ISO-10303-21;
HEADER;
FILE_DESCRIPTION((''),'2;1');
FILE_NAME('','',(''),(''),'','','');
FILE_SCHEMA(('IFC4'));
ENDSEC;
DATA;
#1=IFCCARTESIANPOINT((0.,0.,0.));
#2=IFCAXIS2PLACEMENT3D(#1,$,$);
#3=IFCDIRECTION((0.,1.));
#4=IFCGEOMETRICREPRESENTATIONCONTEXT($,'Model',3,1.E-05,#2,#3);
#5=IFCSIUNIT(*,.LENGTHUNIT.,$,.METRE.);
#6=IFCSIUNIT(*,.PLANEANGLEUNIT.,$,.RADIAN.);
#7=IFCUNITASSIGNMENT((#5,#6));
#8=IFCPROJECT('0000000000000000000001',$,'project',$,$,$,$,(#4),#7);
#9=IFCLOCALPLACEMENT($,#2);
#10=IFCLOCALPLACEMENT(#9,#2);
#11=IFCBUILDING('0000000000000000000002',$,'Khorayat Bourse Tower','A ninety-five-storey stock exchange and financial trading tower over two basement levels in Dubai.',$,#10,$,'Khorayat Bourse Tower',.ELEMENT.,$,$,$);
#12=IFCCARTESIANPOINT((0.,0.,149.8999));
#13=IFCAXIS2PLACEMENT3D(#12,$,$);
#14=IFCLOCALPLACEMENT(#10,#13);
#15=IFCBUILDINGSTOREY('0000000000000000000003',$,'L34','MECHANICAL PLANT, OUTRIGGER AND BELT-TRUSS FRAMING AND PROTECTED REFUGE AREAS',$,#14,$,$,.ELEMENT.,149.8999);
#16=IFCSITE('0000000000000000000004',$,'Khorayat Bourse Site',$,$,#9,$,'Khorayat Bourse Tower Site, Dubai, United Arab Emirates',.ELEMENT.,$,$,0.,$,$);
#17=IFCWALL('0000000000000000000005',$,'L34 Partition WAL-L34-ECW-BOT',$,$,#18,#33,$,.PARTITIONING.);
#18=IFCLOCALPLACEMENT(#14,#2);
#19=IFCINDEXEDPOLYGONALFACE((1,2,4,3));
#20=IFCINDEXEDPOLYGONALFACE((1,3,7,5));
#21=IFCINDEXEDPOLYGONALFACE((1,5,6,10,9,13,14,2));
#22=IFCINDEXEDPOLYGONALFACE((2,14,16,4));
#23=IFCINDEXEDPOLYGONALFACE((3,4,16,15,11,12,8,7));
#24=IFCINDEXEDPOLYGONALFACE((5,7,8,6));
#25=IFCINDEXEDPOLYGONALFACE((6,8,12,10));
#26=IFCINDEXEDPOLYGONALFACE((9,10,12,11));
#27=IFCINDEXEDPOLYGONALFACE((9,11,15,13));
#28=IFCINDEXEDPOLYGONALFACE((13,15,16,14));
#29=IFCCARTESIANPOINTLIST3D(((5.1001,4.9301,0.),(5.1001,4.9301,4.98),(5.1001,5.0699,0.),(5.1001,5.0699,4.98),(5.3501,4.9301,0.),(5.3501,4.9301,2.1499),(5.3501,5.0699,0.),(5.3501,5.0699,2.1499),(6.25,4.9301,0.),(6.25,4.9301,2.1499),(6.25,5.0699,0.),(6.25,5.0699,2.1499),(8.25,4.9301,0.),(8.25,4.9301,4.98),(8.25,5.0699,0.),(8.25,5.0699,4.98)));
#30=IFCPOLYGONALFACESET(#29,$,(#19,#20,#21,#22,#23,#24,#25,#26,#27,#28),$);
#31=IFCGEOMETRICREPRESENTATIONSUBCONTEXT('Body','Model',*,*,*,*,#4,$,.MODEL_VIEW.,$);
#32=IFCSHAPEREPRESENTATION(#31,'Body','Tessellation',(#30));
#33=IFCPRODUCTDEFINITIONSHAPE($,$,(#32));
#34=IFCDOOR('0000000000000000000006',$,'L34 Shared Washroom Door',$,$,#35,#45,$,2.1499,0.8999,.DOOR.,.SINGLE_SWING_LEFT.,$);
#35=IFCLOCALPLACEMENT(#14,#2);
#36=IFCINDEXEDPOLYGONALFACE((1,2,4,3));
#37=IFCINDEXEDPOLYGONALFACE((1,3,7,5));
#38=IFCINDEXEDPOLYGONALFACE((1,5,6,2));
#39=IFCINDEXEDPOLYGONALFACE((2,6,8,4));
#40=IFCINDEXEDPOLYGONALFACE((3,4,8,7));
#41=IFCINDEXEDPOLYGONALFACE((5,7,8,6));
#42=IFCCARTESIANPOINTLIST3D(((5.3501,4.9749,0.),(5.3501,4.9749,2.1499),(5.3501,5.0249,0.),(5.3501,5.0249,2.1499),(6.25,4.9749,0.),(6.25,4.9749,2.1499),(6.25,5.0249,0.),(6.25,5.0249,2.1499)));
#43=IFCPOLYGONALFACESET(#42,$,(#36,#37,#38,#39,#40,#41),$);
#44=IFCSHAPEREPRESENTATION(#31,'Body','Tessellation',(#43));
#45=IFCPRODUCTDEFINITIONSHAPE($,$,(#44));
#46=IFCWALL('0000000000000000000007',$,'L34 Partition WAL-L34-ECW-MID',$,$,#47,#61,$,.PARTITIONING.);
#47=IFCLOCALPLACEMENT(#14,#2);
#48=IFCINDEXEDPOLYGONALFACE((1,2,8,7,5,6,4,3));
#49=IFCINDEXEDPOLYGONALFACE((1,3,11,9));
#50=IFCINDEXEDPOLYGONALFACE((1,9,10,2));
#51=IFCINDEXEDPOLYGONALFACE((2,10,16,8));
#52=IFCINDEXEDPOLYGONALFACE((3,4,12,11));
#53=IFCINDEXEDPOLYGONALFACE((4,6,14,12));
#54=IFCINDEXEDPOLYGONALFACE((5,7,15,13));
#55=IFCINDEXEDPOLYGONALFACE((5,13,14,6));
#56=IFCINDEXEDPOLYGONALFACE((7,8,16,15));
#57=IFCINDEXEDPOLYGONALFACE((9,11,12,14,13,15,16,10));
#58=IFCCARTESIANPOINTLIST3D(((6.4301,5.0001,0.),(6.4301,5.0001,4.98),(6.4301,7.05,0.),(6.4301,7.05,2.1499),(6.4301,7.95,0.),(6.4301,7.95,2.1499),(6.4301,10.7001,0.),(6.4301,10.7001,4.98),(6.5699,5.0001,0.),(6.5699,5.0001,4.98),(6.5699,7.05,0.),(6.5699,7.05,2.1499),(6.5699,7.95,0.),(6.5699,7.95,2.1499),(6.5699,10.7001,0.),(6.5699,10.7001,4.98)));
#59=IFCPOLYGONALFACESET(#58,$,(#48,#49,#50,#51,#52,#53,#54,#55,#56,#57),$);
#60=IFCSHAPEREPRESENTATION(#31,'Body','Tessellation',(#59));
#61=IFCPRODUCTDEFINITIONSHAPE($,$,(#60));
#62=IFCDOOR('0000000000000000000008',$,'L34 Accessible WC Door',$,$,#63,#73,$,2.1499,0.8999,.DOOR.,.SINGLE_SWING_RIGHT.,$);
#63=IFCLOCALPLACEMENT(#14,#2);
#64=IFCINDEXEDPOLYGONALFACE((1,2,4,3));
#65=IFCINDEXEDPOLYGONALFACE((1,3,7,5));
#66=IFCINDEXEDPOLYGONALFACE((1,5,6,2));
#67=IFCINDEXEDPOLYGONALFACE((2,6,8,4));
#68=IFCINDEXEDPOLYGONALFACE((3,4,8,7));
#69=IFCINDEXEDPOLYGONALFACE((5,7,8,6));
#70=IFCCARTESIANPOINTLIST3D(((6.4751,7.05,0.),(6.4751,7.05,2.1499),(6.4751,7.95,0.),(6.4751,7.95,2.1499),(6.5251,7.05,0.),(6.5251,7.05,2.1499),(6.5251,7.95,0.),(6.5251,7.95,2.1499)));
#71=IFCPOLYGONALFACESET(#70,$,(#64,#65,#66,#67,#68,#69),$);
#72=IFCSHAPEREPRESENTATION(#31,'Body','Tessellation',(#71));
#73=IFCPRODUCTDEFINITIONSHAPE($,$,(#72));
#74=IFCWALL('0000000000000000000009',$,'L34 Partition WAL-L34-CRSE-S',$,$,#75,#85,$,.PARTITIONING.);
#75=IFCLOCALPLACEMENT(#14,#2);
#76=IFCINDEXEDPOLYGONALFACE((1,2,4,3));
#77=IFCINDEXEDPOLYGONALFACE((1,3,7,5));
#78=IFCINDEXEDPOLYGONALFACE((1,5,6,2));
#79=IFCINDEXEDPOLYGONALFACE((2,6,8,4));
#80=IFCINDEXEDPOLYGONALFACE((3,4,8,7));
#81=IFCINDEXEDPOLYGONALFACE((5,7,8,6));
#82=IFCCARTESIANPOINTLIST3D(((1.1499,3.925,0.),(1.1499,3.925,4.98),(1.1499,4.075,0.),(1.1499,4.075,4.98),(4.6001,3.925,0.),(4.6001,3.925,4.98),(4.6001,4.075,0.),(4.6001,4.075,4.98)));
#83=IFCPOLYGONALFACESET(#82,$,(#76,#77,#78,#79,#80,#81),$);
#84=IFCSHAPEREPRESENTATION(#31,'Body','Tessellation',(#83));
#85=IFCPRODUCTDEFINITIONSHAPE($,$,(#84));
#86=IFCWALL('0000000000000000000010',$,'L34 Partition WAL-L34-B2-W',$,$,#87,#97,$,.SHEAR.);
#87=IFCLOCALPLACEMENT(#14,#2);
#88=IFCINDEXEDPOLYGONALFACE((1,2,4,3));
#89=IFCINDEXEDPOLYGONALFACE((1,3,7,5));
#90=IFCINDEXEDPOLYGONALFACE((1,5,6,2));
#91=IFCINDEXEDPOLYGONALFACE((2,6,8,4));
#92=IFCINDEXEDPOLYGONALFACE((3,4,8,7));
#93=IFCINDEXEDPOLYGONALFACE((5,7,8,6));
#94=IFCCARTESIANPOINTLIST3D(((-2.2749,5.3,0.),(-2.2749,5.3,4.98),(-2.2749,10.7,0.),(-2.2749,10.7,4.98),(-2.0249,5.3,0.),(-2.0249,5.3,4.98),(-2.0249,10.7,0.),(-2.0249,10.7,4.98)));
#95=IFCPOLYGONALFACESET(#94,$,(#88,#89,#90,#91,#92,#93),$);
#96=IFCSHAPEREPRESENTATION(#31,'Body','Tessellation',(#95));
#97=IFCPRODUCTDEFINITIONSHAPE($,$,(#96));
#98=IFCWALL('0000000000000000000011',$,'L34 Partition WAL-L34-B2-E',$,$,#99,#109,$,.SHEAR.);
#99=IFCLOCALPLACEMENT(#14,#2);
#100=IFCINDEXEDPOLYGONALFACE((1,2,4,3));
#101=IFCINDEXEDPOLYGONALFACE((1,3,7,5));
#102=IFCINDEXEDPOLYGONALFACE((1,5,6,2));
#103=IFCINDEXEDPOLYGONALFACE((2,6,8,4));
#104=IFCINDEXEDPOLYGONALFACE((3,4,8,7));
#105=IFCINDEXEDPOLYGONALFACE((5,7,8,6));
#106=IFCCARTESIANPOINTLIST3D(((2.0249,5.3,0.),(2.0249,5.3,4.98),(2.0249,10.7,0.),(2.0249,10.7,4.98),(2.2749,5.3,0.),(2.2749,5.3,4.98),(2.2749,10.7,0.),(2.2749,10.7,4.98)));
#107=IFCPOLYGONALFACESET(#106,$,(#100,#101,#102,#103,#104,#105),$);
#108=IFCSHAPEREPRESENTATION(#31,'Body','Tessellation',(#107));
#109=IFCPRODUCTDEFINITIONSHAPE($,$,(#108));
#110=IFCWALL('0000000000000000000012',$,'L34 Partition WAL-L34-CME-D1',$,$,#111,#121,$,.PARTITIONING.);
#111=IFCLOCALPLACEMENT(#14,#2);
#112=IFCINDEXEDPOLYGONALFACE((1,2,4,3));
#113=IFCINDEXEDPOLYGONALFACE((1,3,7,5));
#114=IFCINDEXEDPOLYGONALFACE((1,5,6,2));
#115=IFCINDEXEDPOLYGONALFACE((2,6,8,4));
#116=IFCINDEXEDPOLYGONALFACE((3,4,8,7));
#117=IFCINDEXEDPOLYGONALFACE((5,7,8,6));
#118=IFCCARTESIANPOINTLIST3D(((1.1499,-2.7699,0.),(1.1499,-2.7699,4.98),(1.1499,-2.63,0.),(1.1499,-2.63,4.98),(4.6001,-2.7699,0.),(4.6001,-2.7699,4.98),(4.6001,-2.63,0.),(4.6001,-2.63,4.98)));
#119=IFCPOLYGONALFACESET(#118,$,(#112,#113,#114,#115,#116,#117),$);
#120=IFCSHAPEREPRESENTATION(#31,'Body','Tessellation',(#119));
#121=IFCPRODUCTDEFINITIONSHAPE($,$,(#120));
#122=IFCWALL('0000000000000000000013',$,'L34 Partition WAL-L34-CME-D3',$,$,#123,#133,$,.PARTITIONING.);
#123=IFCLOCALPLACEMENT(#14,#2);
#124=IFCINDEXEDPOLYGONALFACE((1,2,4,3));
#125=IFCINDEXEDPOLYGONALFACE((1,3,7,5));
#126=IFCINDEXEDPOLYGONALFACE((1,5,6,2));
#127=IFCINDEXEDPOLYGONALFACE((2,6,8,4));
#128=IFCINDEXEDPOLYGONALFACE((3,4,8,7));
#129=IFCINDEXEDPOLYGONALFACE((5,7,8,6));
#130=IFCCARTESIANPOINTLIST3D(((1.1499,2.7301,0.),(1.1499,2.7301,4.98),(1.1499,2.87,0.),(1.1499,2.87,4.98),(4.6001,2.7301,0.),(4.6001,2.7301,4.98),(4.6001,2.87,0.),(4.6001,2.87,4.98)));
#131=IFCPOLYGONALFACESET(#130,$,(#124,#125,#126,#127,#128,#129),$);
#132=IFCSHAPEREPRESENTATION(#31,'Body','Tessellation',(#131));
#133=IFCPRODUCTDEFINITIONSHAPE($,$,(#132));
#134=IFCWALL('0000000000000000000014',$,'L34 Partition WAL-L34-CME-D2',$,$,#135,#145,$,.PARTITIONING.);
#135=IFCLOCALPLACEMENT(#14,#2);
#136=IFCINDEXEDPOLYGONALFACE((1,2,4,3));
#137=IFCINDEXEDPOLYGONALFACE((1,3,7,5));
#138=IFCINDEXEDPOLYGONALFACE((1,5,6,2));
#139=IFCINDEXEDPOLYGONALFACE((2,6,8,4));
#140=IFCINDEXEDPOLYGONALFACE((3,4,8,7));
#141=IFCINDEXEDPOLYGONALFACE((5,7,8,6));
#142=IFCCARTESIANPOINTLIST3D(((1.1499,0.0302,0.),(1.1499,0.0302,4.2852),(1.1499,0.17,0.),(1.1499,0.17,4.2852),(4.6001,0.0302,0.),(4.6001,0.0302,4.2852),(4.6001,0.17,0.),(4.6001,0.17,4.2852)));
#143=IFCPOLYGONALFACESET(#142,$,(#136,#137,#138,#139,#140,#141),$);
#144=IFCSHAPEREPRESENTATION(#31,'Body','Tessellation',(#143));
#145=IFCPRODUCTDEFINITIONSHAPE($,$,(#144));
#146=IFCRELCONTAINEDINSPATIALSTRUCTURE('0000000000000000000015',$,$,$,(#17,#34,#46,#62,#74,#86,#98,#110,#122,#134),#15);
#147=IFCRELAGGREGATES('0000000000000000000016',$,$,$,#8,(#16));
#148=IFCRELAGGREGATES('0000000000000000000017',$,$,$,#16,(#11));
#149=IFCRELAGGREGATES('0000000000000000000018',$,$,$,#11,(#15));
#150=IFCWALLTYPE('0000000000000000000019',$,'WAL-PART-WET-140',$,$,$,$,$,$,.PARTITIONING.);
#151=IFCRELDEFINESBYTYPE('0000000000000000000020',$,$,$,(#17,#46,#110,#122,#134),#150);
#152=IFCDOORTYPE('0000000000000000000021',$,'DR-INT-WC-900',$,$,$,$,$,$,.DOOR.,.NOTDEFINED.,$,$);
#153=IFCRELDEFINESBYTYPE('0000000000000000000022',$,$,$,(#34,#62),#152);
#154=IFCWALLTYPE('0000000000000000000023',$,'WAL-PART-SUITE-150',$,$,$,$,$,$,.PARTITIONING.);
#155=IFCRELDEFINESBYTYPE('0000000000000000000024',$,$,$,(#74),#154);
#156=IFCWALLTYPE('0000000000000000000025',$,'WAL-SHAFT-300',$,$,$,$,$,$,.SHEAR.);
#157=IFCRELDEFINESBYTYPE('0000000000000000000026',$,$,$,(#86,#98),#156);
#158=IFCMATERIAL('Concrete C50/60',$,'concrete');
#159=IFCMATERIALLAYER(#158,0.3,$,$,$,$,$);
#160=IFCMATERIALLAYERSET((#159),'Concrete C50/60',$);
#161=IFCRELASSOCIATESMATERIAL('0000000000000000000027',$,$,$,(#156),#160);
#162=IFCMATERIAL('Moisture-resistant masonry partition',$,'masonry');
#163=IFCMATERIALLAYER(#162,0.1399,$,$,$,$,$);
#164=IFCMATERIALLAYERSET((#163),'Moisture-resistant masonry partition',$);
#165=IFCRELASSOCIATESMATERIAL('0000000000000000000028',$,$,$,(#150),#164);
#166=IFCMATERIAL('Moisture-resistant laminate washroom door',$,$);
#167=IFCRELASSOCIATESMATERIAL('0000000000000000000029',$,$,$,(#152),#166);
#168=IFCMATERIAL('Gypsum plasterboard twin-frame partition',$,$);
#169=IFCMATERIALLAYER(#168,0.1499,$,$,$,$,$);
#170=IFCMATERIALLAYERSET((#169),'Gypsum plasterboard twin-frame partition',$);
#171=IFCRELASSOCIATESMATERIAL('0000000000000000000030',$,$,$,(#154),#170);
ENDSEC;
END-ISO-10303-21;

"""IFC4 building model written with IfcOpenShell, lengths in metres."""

from ifc_helpers import new_model, si_unit, direction, frame, frame_2d, origin, place, context, subcontext, project, spatial, rectangle, extrude, source, transform, mapped, material, layer, layer_set, type_object, element, fill, save


model = new_model("IFC4")

# Units and contexts
model_context = context("Model", 3, precision=1e-05, world=origin(), true_north=direction((0.0, 1.0)))
body_context = subcontext(model_context, "Body", "Model", "MODEL_VIEW")
ifc_project = project(units=[si_unit("LENGTHUNIT", "METRE"), si_unit("PLANEANGLEUNIT", "RADIAN")], contexts=[model_context])

# Site, building, storey
site_placement = place(None, origin())
site = spatial("IfcSite", under=ifc_project, at=site_placement, Name="Khorayat Bourse Site", LongName="Khorayat Bourse Tower Site, Dubai, United Arab Emirates", CompositionType="ELEMENT", RefElevation=0.0)
building_placement = place(site_placement, origin())
building = spatial("IfcBuilding", under=site, at=building_placement, Name="Khorayat Bourse Tower", Description="A ninety-five-storey stock exchange and financial trading tower over two basement levels in Dubai.", LongName="Khorayat Bourse Tower", CompositionType="ELEMENT")
storey_placement = place(building_placement, frame((0.0, 0.0, 149.8999)))
storey = spatial("IfcBuildingStorey", under=building, at=storey_placement, Name="L34", Description="MECHANICAL PLANT, OUTRIGGER AND BELT-TRUSS FRAMING AND PROTECTED REFUGE AREAS", CompositionType="ELEMENT", Elevation=149.8999)

# Shared definitions
ifc_material_1 = material(Name="Concrete C50/60", Category="concrete")

# Shared definitions
ifc_layer_1 = layer(ifc_material_1, 0.3)
ifc_layer_set_1 = layer_set([ifc_layer_1], Name="Concrete C50/60")
wall_type_1 = type_object("IfcWallType", Name="WAL-SHAFT-300", PredefinedType="SHEAR", material=ifc_layer_set_1)
ifc_material_2 = material(Name="Moisture-resistant masonry partition", Category="masonry")
ifc_layer_2 = layer(ifc_material_2, 0.1399)
ifc_layer_set_2 = layer_set([ifc_layer_2], Name="Moisture-resistant masonry partition")
wall_type_2 = type_object("IfcWallType", Name="WAL-PART-WET-140", PredefinedType="PARTITIONING", material=ifc_layer_set_2)
shared_shape_1 = source(origin(), body_context, "Body", "SweptSolid", [
    extrude(rectangle(XDim=3.1499, YDim=0.1399, at=frame_2d((1.575, 0.0))), origin(), (0.0, 0.0, 1.0), 4.98),
])

# Walls, openings, doors
wall_1_placement = place(storey_placement, frame((5.1001, 5.0, 0.0), z_axis=(0.0, 0.0, 1.0), x_axis=(1.0, 0.0, 0.0)))
wall_1 = element("IfcWall", 1, at=wall_1_placement, inside=storey, type_object=wall_type_2, Name="L34 Partition WAL-L34-ECW-BOT", PredefinedType="PARTITIONING", context=body_context, shape_type="MappedRepresentation", body=[
    mapped(shared_shape_1, transform((0.0, 0.0, 0.0), scale=1.0)),
])
shared_shape_2 = source(origin(), body_context, "Body", "SweptSolid", [
    extrude(rectangle(XDim=0.8999, YDim=2.1499, at=frame_2d((0.45, 1.075))), frame((0.0, 0.0798, 0.0), z_axis=(0.0, -1.0, 0.0), x_axis=(1.0, 0.0, 0.0)), (0.0, 0.0, 1.0), 0.1599),
])
opening_1_placement = place(wall_1_placement, frame((0.25, 0.0, 0.0)))
opening_1 = element("IfcOpeningElement", 2, at=opening_1_placement, cuts=wall_1, PredefinedType="OPENING", context=body_context, shape_type="MappedRepresentation", body=[
    mapped(shared_shape_2, transform((0.0, 0.0, 0.0), scale=1.0)),
])
ifc_material_3 = material(Name="Moisture-resistant laminate washroom door")
door_type = type_object("IfcDoorType", Name="DR-INT-WC-900", OperationType="NOTDEFINED", PredefinedType="DOOR", material=ifc_material_3)
shared_shape_3 = source(origin(), body_context, "Body", "SweptSolid", [
    extrude(rectangle(XDim=0.8999, YDim=2.1499, at=frame_2d((0.45, 1.075))), frame((0.0, 0.0249, 0.0), z_axis=(0.0, -1.0, 0.0), x_axis=(1.0, 0.0, 0.0)), (0.0, 0.0, 1.0), 0.05),
])
door_1_placement = place(opening_1_placement, origin())
door_1 = element("IfcDoor", 3, at=door_1_placement, inside=storey, type_object=door_type, Name="L34 Shared Washroom Door", OperationType="SINGLE_SWING_LEFT", OverallHeight=2.1499, OverallWidth=0.8999, PredefinedType="DOOR", context=body_context, shape_type="MappedRepresentation", body=[
    mapped(shared_shape_3, transform((0.0, 0.0, 0.0), scale=1.0)),
])
fill(opening_1, door_1)
shared_shape_4 = source(origin(), body_context, "Body", "SweptSolid", [
    extrude(rectangle(XDim=5.7, YDim=0.1399, at=frame_2d((2.8501, 0.0))), origin(), (0.0, 0.0, 1.0), 4.98),
])
wall_2_placement = place(storey_placement, frame((6.5, 5.0, 0.0), z_axis=(0.0, 0.0, 1.0), x_axis=(0.0, 1.0, 0.0)))
wall_2 = element("IfcWall", 4, at=wall_2_placement, inside=storey, type_object=wall_type_2, Name="L34 Partition WAL-L34-ECW-MID", PredefinedType="PARTITIONING", context=body_context, shape_type="MappedRepresentation", body=[
    mapped(shared_shape_4, transform((0.0, 0.0, 0.0), scale=1.0)),
])
opening_2_placement = place(wall_2_placement, frame((2.05, 0.0, 0.0)))
opening_2 = element("IfcOpeningElement", 5, at=opening_2_placement, cuts=wall_2, PredefinedType="OPENING", context=body_context, shape_type="MappedRepresentation", body=[
    mapped(shared_shape_2, transform((0.0, 0.0, 0.0), scale=1.0)),
])
door_2_placement = place(opening_2_placement, origin())
door_2 = element("IfcDoor", 6, at=door_2_placement, inside=storey, type_object=door_type, Name="L34 Accessible WC Door", OperationType="SINGLE_SWING_RIGHT", OverallHeight=2.1499, OverallWidth=0.8999, PredefinedType="DOOR", context=body_context, shape_type="MappedRepresentation", body=[
    mapped(shared_shape_3, transform((0.0, 0.0, 0.0), scale=1.0)),
])
fill(opening_2, door_2)

# Walls
ifc_material_4 = material(Name="Gypsum plasterboard twin-frame partition")
ifc_layer_3 = layer(ifc_material_4, 0.1499)
ifc_layer_set_3 = layer_set([ifc_layer_3], Name="Gypsum plasterboard twin-frame partition")
wall_type_3 = type_object("IfcWallType", Name="WAL-PART-SUITE-150", PredefinedType="PARTITIONING", material=ifc_layer_set_3)
shared_shape_5 = source(origin(), body_context, "Body", "SweptSolid", [
    extrude(rectangle(XDim=3.4502, YDim=0.1499, at=frame_2d((1.7251, 0.0))), origin(), (0.0, 0.0, 1.0), 4.98),
])
wall_3_placement = place(storey_placement, frame((1.1499, 4.0, 0.0), z_axis=(0.0, 0.0, 1.0), x_axis=(1.0, 0.0, 0.0)))
element("IfcWall", 7, at=wall_3_placement, inside=storey, type_object=wall_type_3, Name="L34 Partition WAL-L34-CRSE-S", PredefinedType="PARTITIONING", context=body_context, shape_type="MappedRepresentation", body=[
    mapped(shared_shape_5, transform((0.0, 0.0, 0.0), scale=1.0)),
])
shared_shape_6 = source(origin(), body_context, "Body", "SweptSolid", [
    extrude(rectangle(XDim=5.3999, YDim=0.25, at=frame_2d((2.7, 0.0))), origin(), (0.0, 0.0, 1.0), 4.98),
])
for number, where, z_axis, x_axis, name in (
    (8, (-2.1499, 5.3, 0.0), (0.0, 0.0, 1.0), (0.0, 1.0, 0.0), "L34 Partition WAL-L34-B2-W"),
    (9, (2.1499, 5.3, 0.0), (0.0, 0.0, 1.0), (0.0, 1.0, 0.0), "L34 Partition WAL-L34-B2-E"),
):
    element("IfcWall", number, at=place(storey_placement, frame(where, z_axis=z_axis, x_axis=x_axis)), inside=storey, type_object=wall_type_1, Name=name, PredefinedType="SHEAR", context=body_context, shape_type="MappedRepresentation", body=[
        mapped(shared_shape_6, transform((0.0, 0.0, 0.0), scale=1.0)),
    ])
shared_shape_7 = source(origin(), body_context, "Body", "SweptSolid", [
    extrude(rectangle(XDim=3.4502, YDim=0.1399, at=frame_2d((1.7251, 0.0))), origin(), (0.0, 0.0, 1.0), 4.98),
])
for number, where, z_axis, x_axis, name in (
    (10, (1.1499, -2.7, 0.0), (0.0, 0.0, 1.0), (1.0, 0.0, 0.0), "L34 Partition WAL-L34-CME-D1"),
    (11, (1.1499, 2.8, 0.0), (0.0, 0.0, 1.0), (1.0, 0.0, 0.0), "L34 Partition WAL-L34-CME-D3"),
):
    element("IfcWall", number, at=place(storey_placement, frame(where, z_axis=z_axis, x_axis=x_axis)), inside=storey, type_object=wall_type_2, Name=name, PredefinedType="PARTITIONING", context=body_context, shape_type="MappedRepresentation", body=[
        mapped(shared_shape_7, transform((0.0, 0.0, 0.0), scale=1.0)),
    ])
shared_shape_8 = source(origin(), body_context, "Body", "SweptSolid", [
    extrude(rectangle(XDim=3.4502, YDim=0.1399, at=frame_2d((1.7251, 0.0))), origin(), (0.0, 0.0, 1.0), 4.2852),
])
wall_4_placement = place(storey_placement, frame((1.1499, 0.1001, 0.0), z_axis=(0.0, 0.0, 1.0), x_axis=(1.0, 0.0, 0.0)))
element("IfcWall", 12, at=wall_4_placement, inside=storey, type_object=wall_type_2, Name="L34 Partition WAL-L34-CME-D2", PredefinedType="PARTITIONING", context=body_context, shape_type="MappedRepresentation", body=[
    mapped(shared_shape_8, transform((0.0, 0.0, 0.0), scale=1.0)),
])

save(model, "model.ifc")
